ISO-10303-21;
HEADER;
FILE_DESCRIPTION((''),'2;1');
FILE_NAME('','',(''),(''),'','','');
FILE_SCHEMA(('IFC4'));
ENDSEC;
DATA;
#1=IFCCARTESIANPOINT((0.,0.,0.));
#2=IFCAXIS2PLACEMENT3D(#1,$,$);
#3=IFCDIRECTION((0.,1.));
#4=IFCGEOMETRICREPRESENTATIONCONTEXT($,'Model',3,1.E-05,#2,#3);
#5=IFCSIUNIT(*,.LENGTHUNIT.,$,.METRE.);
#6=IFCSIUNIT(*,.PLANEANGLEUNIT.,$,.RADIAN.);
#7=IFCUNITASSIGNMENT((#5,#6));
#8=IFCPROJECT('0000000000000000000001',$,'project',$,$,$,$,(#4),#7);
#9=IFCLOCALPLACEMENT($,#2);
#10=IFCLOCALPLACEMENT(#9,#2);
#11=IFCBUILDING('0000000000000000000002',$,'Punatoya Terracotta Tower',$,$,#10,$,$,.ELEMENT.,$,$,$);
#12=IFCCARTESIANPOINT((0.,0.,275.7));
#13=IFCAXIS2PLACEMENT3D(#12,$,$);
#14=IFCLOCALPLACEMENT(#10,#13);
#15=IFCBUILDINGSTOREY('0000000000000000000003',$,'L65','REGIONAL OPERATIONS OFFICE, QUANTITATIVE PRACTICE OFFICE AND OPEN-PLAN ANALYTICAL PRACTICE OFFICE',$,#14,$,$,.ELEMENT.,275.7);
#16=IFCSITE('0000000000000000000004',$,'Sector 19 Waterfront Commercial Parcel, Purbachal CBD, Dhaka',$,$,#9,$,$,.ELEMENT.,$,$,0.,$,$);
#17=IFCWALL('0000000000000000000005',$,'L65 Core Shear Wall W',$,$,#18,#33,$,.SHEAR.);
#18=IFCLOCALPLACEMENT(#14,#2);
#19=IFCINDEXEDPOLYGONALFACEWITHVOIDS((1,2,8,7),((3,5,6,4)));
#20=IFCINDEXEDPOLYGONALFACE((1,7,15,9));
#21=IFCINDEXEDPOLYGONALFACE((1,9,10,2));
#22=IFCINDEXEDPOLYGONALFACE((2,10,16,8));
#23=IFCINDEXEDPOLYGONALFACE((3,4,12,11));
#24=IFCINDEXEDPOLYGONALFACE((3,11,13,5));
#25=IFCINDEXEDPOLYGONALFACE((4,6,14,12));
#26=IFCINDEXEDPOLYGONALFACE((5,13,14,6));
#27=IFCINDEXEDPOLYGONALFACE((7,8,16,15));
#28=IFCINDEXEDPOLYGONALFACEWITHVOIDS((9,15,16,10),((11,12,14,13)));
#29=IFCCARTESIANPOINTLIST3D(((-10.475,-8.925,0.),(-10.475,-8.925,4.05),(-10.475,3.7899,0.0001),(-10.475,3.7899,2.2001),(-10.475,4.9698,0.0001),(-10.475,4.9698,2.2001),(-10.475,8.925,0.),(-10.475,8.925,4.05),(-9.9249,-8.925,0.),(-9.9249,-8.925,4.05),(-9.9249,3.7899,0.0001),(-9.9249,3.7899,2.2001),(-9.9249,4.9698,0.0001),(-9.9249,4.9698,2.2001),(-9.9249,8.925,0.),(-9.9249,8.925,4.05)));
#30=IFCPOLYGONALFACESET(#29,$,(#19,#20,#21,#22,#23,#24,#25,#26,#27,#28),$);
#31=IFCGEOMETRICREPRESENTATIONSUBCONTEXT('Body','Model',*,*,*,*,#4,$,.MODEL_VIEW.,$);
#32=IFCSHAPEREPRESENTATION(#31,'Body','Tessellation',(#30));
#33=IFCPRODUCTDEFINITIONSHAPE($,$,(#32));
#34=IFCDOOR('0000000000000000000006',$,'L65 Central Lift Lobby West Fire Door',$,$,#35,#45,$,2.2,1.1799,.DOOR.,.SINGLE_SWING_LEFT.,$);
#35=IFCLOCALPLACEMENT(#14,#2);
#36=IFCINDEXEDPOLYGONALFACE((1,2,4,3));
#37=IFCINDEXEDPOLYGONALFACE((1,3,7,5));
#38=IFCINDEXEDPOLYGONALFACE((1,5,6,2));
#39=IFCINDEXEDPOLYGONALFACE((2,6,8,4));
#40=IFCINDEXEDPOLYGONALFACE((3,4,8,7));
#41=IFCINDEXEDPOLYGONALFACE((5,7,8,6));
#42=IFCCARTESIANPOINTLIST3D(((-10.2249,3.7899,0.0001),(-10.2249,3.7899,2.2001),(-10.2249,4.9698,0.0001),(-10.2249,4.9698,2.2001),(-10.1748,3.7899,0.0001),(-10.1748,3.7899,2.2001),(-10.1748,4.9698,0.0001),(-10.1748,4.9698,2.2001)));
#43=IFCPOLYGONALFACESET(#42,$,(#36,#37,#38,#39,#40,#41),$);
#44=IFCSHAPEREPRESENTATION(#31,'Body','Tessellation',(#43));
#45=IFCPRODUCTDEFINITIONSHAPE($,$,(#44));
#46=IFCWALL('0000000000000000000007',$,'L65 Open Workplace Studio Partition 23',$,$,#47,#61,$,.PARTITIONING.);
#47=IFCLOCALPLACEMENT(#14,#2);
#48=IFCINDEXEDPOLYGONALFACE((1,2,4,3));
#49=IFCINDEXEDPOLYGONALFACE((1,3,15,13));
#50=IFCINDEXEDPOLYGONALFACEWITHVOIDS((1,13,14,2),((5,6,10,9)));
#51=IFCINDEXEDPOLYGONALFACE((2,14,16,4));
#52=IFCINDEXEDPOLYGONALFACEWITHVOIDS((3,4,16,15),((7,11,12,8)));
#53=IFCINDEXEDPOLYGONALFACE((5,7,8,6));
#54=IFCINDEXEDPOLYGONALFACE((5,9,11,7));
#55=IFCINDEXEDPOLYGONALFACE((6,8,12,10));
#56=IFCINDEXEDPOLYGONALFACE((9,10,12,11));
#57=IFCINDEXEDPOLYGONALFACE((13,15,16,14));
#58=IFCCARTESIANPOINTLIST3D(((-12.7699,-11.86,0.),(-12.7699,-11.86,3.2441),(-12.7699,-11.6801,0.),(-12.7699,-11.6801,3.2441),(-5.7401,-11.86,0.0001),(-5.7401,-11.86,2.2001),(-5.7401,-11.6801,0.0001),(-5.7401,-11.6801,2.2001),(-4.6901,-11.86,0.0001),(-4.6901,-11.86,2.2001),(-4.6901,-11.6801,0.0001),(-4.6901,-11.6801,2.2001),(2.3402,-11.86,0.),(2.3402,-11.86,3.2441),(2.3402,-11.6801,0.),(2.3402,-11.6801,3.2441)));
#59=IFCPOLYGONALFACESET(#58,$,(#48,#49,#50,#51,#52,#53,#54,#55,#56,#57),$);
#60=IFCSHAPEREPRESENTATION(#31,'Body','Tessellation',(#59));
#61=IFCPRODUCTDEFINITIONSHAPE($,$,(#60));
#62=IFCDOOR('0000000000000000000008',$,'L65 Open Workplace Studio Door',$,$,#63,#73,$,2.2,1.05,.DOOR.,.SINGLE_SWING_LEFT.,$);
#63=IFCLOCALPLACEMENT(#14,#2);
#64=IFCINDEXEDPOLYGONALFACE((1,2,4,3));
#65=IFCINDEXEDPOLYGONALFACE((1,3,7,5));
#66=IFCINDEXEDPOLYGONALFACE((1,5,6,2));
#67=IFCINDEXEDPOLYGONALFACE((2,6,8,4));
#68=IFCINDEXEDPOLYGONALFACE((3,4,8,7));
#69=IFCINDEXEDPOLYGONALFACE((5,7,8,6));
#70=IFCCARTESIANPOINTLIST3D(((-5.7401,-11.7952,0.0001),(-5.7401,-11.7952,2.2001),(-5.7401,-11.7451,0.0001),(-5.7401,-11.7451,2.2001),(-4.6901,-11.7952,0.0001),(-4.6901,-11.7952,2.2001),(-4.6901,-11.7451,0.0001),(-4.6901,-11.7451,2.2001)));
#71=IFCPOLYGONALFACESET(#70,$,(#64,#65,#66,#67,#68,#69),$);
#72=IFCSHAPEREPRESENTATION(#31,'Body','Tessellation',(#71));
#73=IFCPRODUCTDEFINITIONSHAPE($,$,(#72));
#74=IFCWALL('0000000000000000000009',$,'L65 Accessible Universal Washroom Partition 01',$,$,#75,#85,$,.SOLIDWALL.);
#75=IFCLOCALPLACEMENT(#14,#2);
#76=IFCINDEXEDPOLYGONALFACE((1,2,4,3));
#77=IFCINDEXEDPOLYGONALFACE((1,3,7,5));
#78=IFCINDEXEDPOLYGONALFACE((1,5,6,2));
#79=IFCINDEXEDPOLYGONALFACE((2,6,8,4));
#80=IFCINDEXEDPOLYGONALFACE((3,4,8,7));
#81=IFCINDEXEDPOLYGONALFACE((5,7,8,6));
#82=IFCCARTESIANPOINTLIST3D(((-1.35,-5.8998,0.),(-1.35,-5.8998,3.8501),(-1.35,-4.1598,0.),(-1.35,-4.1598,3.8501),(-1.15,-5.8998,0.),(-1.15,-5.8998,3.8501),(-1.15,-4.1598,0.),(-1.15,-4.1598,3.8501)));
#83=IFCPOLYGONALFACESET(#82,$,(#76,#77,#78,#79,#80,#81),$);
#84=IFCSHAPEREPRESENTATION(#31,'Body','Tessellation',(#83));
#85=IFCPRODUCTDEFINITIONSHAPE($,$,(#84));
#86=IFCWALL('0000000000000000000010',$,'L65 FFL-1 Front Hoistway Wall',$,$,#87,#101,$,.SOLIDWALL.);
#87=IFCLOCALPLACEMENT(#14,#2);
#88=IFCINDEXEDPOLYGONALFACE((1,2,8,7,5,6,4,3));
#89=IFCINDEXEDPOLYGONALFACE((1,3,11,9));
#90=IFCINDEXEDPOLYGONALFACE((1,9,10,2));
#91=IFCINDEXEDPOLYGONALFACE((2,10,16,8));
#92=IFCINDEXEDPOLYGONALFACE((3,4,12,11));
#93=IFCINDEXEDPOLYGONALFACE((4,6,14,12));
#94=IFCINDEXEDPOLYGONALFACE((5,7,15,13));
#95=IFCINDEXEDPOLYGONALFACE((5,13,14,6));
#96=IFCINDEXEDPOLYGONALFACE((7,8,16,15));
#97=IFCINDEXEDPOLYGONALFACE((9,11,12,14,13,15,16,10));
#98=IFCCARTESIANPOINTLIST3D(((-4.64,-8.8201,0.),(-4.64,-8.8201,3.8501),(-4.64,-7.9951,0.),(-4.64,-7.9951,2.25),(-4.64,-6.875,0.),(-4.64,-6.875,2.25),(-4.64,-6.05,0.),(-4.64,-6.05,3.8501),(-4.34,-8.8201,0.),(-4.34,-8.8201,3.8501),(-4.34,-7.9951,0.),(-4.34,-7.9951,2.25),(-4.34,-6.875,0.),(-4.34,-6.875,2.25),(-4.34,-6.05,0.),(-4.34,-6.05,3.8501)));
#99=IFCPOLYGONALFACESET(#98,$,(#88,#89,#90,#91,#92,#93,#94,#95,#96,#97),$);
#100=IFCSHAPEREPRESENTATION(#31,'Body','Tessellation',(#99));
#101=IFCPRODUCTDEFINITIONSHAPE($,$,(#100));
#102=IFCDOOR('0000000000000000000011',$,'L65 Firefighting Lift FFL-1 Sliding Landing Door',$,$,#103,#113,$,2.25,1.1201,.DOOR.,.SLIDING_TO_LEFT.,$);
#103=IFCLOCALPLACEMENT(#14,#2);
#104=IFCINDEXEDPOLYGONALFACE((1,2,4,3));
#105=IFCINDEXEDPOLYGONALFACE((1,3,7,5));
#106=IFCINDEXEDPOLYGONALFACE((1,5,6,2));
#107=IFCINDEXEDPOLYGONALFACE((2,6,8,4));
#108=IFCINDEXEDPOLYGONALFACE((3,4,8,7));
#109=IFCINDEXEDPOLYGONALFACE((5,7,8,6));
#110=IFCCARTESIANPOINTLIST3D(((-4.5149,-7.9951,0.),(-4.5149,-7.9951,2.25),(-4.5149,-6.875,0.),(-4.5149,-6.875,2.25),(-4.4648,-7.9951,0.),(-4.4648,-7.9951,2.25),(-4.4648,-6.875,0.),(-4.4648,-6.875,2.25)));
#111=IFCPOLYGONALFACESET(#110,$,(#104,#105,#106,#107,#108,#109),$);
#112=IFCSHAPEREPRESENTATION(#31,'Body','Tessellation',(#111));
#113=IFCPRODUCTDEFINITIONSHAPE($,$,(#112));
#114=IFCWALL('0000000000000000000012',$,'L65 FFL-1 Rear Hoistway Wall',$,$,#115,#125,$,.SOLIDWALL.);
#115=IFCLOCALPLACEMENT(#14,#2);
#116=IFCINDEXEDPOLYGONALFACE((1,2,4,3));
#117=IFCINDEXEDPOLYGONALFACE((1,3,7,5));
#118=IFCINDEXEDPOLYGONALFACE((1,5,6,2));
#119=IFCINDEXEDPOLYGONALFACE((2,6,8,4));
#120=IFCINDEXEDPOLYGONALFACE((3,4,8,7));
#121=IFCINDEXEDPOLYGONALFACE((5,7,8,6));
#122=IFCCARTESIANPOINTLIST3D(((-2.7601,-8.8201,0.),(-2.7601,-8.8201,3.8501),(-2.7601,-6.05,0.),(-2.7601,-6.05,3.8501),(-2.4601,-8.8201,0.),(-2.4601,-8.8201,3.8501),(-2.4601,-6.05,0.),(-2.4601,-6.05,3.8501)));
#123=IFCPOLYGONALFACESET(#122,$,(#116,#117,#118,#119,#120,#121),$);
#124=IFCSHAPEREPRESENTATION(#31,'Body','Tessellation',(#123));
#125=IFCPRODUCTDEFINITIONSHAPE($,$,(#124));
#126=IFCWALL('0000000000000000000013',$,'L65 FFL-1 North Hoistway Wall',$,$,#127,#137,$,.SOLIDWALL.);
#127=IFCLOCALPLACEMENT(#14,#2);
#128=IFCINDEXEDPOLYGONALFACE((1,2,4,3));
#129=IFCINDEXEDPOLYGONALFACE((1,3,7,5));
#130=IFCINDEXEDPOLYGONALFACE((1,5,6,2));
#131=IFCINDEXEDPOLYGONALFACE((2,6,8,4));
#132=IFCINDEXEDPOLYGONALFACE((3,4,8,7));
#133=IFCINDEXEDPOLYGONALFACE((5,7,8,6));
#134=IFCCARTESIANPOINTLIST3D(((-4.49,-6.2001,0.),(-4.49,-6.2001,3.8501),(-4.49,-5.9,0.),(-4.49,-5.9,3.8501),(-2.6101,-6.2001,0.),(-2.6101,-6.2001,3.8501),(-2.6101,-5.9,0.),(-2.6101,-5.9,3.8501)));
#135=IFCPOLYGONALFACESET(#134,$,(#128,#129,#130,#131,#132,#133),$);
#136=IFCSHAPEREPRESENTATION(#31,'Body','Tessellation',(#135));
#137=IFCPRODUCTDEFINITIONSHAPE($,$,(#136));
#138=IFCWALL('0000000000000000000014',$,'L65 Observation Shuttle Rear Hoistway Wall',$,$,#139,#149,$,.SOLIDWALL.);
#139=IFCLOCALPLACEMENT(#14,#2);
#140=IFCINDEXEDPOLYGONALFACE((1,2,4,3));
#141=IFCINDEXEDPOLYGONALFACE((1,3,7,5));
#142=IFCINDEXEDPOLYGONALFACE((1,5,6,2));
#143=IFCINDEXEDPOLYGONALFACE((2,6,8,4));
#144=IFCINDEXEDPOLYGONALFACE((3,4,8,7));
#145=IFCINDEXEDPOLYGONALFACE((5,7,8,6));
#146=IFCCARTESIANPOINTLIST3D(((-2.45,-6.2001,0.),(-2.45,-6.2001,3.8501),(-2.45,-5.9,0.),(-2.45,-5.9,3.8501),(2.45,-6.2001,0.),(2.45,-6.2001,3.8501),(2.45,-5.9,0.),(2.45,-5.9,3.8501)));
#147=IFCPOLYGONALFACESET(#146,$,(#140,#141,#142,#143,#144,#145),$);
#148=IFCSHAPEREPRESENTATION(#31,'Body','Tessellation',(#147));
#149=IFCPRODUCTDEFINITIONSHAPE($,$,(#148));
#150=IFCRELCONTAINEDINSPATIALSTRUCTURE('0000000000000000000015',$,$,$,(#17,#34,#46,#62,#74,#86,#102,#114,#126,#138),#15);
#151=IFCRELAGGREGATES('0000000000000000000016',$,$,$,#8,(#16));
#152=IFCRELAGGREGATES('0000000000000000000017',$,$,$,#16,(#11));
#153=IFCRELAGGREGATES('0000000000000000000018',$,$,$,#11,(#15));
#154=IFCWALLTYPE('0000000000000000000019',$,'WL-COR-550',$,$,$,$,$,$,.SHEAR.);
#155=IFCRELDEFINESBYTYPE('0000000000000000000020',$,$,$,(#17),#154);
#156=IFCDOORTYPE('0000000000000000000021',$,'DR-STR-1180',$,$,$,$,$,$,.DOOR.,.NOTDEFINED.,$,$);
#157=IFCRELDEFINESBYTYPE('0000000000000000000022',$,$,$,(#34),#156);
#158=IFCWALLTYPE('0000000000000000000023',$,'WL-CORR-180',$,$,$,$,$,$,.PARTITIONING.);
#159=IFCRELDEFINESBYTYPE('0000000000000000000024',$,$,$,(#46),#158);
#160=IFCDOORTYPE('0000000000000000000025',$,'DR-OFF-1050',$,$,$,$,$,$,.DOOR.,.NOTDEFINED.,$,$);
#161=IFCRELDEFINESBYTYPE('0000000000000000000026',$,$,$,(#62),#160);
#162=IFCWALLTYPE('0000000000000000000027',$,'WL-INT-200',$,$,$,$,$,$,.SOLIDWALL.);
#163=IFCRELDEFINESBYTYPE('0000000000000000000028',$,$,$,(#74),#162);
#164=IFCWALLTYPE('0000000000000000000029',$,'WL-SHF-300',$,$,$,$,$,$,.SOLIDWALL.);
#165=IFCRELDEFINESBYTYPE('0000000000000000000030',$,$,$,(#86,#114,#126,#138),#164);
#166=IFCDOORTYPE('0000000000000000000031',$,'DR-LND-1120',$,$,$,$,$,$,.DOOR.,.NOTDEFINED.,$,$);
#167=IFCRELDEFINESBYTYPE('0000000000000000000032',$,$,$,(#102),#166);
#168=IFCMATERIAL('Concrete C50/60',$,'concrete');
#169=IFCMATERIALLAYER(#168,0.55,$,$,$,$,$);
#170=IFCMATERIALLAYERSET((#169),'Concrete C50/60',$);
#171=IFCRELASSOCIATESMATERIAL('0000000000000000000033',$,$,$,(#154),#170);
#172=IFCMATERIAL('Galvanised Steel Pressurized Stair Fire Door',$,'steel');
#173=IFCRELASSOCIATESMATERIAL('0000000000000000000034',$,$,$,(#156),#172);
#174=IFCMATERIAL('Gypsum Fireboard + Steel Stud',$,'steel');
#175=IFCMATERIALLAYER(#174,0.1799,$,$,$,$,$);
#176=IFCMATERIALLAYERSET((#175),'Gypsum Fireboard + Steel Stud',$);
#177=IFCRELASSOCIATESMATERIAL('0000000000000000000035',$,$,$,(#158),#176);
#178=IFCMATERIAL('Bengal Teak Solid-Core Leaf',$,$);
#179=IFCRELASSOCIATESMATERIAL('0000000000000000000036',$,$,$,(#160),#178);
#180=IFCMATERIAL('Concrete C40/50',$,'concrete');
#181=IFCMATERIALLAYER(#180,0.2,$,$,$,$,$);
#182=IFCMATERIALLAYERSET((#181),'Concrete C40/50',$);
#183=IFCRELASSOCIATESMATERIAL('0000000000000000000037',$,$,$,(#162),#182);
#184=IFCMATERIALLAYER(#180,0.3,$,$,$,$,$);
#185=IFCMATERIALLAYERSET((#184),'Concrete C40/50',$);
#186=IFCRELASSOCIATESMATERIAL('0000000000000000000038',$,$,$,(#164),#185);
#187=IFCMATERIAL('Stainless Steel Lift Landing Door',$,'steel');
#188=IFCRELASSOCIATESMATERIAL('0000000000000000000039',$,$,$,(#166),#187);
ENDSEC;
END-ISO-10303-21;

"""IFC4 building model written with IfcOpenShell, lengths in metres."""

from ifc_helpers import new_model, si_unit, direction, frame, frame_2d, origin, place, context, subcontext, project, spatial, rectangle, extrude, material, layer, layer_set, type_object, element, fill, save


model = new_model("IFC4")

# Units and contexts
model_context = context("Model", 3, precision=1e-05, world=origin(), true_north=direction((0.0, 1.0)))
body_context = subcontext(model_context, "Body", "Model", "MODEL_VIEW")
ifc_project = project(units=[si_unit("LENGTHUNIT", "METRE"), si_unit("PLANEANGLEUNIT", "RADIAN")], contexts=[model_context])

# Site, building, storey
site_placement = place(None, origin())
site = spatial("IfcSite", under=ifc_project, at=site_placement, Name="Sector 19 Waterfront Commercial Parcel, Purbachal CBD, Dhaka", CompositionType="ELEMENT", RefElevation=0.0)
building_placement = place(site_placement, origin())
building = spatial("IfcBuilding", under=site, at=building_placement, Name="Punatoya Terracotta Tower", CompositionType="ELEMENT")
storey_placement = place(building_placement, frame((0.0, 0.0, 275.7)))
storey = spatial("IfcBuildingStorey", under=building, at=storey_placement, Name="L65", Description="REGIONAL OPERATIONS OFFICE, QUANTITATIVE PRACTICE OFFICE AND OPEN-PLAN ANALYTICAL PRACTICE OFFICE", CompositionType="ELEMENT", Elevation=275.7)

# Shared definitions
ifc_material_1 = material(Name="Concrete C50/60", Category="concrete")

# Walls, openings, doors
ifc_layer_1 = layer(ifc_material_1, 0.55)
ifc_layer_set_1 = layer_set([ifc_layer_1], Name="Concrete C50/60")
wall_type_1 = type_object("IfcWallType", Name="WL-COR-550", PredefinedType="SHEAR", material=ifc_layer_set_1)
wall_1_placement = place(storey_placement, frame((-10.2, -8.925, 0.0), z_axis=(0.0, 0.0, 1.0), x_axis=(0.0, 1.0, 0.0)))
wall_1 = element("IfcWall", 1, at=wall_1_placement, inside=storey, type_object=wall_type_1, Name="L65 Core Shear Wall W", PredefinedType="SHEAR", context=body_context, shape_type="SweptSolid", body=[
    extrude(rectangle(XDim=17.8501, YDim=0.55, at=frame_2d((8.925, 0.0))), origin(), (0.0, 0.0, 1.0), 4.05),
])
opening_1_placement = place(wall_1_placement, frame((12.7151, 0.0, 0.0)))
opening_1 = element("IfcOpeningElement", 2, at=opening_1_placement, cuts=wall_1, PredefinedType="OPENING", context=body_context, shape_type="SweptSolid", body=[
    extrude(rectangle(XDim=1.1799, YDim=2.2, at=frame_2d((0.5898, 1.1001))), frame((0.0, 0.2849, 0.0), z_axis=(0.0, -1.0, 0.0), x_axis=(1.0, 0.0, 0.0)), (0.0, 0.0, 1.0), 0.5701),
])
ifc_material_2 = material(Name="Galvanised Steel Pressurized Stair Fire Door", Category="steel")
door_type_1 = type_object("IfcDoorType", Name="DR-STR-1180", OperationType="NOTDEFINED", PredefinedType="DOOR", material=ifc_material_2)
door_1_placement = place(opening_1_placement, origin())
door_1 = element("IfcDoor", 3, at=door_1_placement, inside=storey, type_object=door_type_1, Name="L65 Central Lift Lobby West Fire Door", OperationType="SINGLE_SWING_LEFT", OverallHeight=2.2, OverallWidth=1.1799, PredefinedType="DOOR", context=body_context, shape_type="SweptSolid", body=[
    extrude(rectangle(XDim=1.1799, YDim=2.2, at=frame_2d((0.5898, 1.1001))), frame((0.0, 0.0249, 0.0), z_axis=(0.0, -1.0, 0.0), x_axis=(1.0, 0.0, 0.0)), (0.0, 0.0, 1.0), 0.05),
])
fill(opening_1, door_1)
ifc_material_3 = material(Name="Gypsum Fireboard + Steel Stud", Category="steel")
ifc_layer_2 = layer(ifc_material_3, 0.1799)
ifc_layer_set_2 = layer_set([ifc_layer_2], Name="Gypsum Fireboard + Steel Stud")
wall_type_2 = type_object("IfcWallType", Name="WL-CORR-180", PredefinedType="PARTITIONING", material=ifc_layer_set_2)
wall_2_placement = place(storey_placement, frame((-12.77, -11.77, 0.0), z_axis=(0.0, 0.0, 1.0), x_axis=(1.0, 0.0, 0.0)))
wall_2 = element("IfcWall", 4, at=wall_2_placement, inside=storey, type_object=wall_type_2, Name="L65 Open Workplace Studio Partition 23", PredefinedType="PARTITIONING", context=body_context, shape_type="SweptSolid", body=[
    extrude(rectangle(XDim=15.1101, YDim=0.1799, at=frame_2d((7.5552, 0.0))), origin(), (0.0, 0.0, 1.0), 3.2441),
])
opening_2_placement = place(wall_2_placement, frame((7.03, 0.0, 0.0)))
opening_2 = element("IfcOpeningElement", 5, at=opening_2_placement, cuts=wall_2, PredefinedType="OPENING", context=body_context, shape_type="SweptSolid", body=[
    extrude(rectangle(XDim=1.05, YDim=2.2, at=frame_2d((0.5249, 1.1001))), frame((0.0, 0.0999, 0.0), z_axis=(0.0, -1.0, 0.0), x_axis=(1.0, 0.0, 0.0)), (0.0, 0.0, 1.0), 0.2),
])
ifc_material_4 = material(Name="Bengal Teak Solid-Core Leaf")
door_type_2 = type_object("IfcDoorType", Name="DR-OFF-1050", OperationType="NOTDEFINED", PredefinedType="DOOR", material=ifc_material_4)
door_2_placement = place(opening_2_placement, origin())
door_2 = element("IfcDoor", 6, at=door_2_placement, inside=storey, type_object=door_type_2, Name="L65 Open Workplace Studio Door", OperationType="SINGLE_SWING_LEFT", OverallHeight=2.2, OverallWidth=1.05, PredefinedType="DOOR", context=body_context, shape_type="SweptSolid", body=[
    extrude(rectangle(XDim=1.05, YDim=2.2, at=frame_2d((0.5249, 1.1001))), frame((0.0, 0.0249, 0.0), z_axis=(0.0, -1.0, 0.0), x_axis=(1.0, 0.0, 0.0)), (0.0, 0.0, 1.0), 0.05),
])
fill(opening_2, door_2)

# Wall
ifc_material_5 = material(Name="Concrete C40/50", Category="concrete")
ifc_layer_3 = layer(ifc_material_5, 0.2)
ifc_layer_set_3 = layer_set([ifc_layer_3], Name="Concrete C40/50")
wall_type_3 = type_object("IfcWallType", Name="WL-INT-200", PredefinedType="SOLIDWALL", material=ifc_layer_set_3)
wall_3_placement = place(storey_placement, frame((-1.25, -5.8999, 0.0), z_axis=(0.0, 0.0, 1.0), x_axis=(0.0, 1.0, 0.0)))
element("IfcWall", 7, at=wall_3_placement, inside=storey, type_object=wall_type_3, Name="L65 Accessible Universal Washroom Partition 01", PredefinedType="SOLIDWALL", context=body_context, shape_type="SweptSolid", body=[
    extrude(rectangle(XDim=1.74, YDim=0.2, at=frame_2d((0.8701, 0.0))), origin(), (0.0, 0.0, 1.0), 3.8501),
])

# Wall, opening, door
ifc_layer_4 = layer(ifc_material_5, 0.3)
ifc_layer_set_4 = layer_set([ifc_layer_4], Name="Concrete C40/50")
wall_type_4 = type_object("IfcWallType", Name="WL-SHF-300", PredefinedType="SOLIDWALL", material=ifc_layer_set_4)
wall_4_placement = place(storey_placement, frame((-4.49, -8.8201, 0.0), z_axis=(0.0, 0.0, 1.0), x_axis=(0.0, 1.0, 0.0)))
wall_4 = element("IfcWall", 8, at=wall_4_placement, inside=storey, type_object=wall_type_4, Name="L65 FFL-1 Front Hoistway Wall", PredefinedType="SOLIDWALL", context=body_context, shape_type="SweptSolid", body=[
    extrude(rectangle(XDim=2.77, YDim=0.3, at=frame_2d((1.385, 0.0))), origin(), (0.0, 0.0, 1.0), 3.8501),
])
opening_3_placement = place(wall_4_placement, frame((0.825, 0.0, 0.0)))
opening_3 = element("IfcOpeningElement", 9, at=opening_3_placement, cuts=wall_4, PredefinedType="OPENING", context=body_context, shape_type="SweptSolid", body=[
    extrude(rectangle(XDim=1.1201, YDim=2.25, at=frame_2d((0.5601, 1.125))), frame((0.0, 0.1599, 0.0), z_axis=(0.0, -1.0, 0.0), x_axis=(1.0, 0.0, 0.0)), (0.0, 0.0, 1.0), 0.3201),
])
ifc_material_6 = material(Name="Stainless Steel Lift Landing Door", Category="steel")
door_type_3 = type_object("IfcDoorType", Name="DR-LND-1120", OperationType="NOTDEFINED", PredefinedType="DOOR", material=ifc_material_6)
door_3_placement = place(opening_3_placement, origin())
door_3 = element("IfcDoor", 10, at=door_3_placement, inside=storey, type_object=door_type_3, Name="L65 Firefighting Lift FFL-1 Sliding Landing Door", OperationType="SLIDING_TO_LEFT", OverallHeight=2.25, OverallWidth=1.1201, PredefinedType="DOOR", context=body_context, shape_type="SweptSolid", body=[
    extrude(rectangle(XDim=1.1201, YDim=2.25, at=frame_2d((0.5601, 1.125))), frame((0.0, 0.0249, 0.0), z_axis=(0.0, -1.0, 0.0), x_axis=(1.0, 0.0, 0.0)), (0.0, 0.0, 1.0), 0.05),
])
fill(opening_3, door_3)

# Walls
wall_5_placement = place(storey_placement, frame((-2.6101, -8.8201, 0.0), z_axis=(0.0, 0.0, 1.0), x_axis=(0.0, 1.0, 0.0)))
element("IfcWall", 11, at=wall_5_placement, inside=storey, type_object=wall_type_4, Name="L65 FFL-1 Rear Hoistway Wall", PredefinedType="SOLIDWALL", context=body_context, shape_type="SweptSolid", body=[
    extrude(rectangle(XDim=2.77, YDim=0.3, at=frame_2d((1.385, 0.0))), origin(), (0.0, 0.0, 1.0), 3.8501),
])
wall_6_placement = place(storey_placement, frame((-4.49, -6.05, 0.0), z_axis=(0.0, 0.0, 1.0), x_axis=(1.0, 0.0, 0.0)))
element("IfcWall", 12, at=wall_6_placement, inside=storey, type_object=wall_type_4, Name="L65 FFL-1 North Hoistway Wall", PredefinedType="SOLIDWALL", context=body_context, shape_type="SweptSolid", body=[
    extrude(rectangle(XDim=1.8799, YDim=0.3, at=frame_2d((0.9399, 0.0))), origin(), (0.0, 0.0, 1.0), 3.8501),
])
wall_7_placement = place(storey_placement, frame((-2.45, -6.05, 0.0), z_axis=(0.0, 0.0, 1.0), x_axis=(1.0, 0.0, 0.0)))
element("IfcWall", 13, at=wall_7_placement, inside=storey, type_object=wall_type_4, Name="L65 Observation Shuttle Rear Hoistway Wall", PredefinedType="SOLIDWALL", context=body_context, shape_type="SweptSolid", body=[
    extrude(rectangle(XDim=4.8999, YDim=0.3, at=frame_2d((2.45, 0.0))), origin(), (0.0, 0.0, 1.0), 3.8501),
])

save(model, "model.ifc")
